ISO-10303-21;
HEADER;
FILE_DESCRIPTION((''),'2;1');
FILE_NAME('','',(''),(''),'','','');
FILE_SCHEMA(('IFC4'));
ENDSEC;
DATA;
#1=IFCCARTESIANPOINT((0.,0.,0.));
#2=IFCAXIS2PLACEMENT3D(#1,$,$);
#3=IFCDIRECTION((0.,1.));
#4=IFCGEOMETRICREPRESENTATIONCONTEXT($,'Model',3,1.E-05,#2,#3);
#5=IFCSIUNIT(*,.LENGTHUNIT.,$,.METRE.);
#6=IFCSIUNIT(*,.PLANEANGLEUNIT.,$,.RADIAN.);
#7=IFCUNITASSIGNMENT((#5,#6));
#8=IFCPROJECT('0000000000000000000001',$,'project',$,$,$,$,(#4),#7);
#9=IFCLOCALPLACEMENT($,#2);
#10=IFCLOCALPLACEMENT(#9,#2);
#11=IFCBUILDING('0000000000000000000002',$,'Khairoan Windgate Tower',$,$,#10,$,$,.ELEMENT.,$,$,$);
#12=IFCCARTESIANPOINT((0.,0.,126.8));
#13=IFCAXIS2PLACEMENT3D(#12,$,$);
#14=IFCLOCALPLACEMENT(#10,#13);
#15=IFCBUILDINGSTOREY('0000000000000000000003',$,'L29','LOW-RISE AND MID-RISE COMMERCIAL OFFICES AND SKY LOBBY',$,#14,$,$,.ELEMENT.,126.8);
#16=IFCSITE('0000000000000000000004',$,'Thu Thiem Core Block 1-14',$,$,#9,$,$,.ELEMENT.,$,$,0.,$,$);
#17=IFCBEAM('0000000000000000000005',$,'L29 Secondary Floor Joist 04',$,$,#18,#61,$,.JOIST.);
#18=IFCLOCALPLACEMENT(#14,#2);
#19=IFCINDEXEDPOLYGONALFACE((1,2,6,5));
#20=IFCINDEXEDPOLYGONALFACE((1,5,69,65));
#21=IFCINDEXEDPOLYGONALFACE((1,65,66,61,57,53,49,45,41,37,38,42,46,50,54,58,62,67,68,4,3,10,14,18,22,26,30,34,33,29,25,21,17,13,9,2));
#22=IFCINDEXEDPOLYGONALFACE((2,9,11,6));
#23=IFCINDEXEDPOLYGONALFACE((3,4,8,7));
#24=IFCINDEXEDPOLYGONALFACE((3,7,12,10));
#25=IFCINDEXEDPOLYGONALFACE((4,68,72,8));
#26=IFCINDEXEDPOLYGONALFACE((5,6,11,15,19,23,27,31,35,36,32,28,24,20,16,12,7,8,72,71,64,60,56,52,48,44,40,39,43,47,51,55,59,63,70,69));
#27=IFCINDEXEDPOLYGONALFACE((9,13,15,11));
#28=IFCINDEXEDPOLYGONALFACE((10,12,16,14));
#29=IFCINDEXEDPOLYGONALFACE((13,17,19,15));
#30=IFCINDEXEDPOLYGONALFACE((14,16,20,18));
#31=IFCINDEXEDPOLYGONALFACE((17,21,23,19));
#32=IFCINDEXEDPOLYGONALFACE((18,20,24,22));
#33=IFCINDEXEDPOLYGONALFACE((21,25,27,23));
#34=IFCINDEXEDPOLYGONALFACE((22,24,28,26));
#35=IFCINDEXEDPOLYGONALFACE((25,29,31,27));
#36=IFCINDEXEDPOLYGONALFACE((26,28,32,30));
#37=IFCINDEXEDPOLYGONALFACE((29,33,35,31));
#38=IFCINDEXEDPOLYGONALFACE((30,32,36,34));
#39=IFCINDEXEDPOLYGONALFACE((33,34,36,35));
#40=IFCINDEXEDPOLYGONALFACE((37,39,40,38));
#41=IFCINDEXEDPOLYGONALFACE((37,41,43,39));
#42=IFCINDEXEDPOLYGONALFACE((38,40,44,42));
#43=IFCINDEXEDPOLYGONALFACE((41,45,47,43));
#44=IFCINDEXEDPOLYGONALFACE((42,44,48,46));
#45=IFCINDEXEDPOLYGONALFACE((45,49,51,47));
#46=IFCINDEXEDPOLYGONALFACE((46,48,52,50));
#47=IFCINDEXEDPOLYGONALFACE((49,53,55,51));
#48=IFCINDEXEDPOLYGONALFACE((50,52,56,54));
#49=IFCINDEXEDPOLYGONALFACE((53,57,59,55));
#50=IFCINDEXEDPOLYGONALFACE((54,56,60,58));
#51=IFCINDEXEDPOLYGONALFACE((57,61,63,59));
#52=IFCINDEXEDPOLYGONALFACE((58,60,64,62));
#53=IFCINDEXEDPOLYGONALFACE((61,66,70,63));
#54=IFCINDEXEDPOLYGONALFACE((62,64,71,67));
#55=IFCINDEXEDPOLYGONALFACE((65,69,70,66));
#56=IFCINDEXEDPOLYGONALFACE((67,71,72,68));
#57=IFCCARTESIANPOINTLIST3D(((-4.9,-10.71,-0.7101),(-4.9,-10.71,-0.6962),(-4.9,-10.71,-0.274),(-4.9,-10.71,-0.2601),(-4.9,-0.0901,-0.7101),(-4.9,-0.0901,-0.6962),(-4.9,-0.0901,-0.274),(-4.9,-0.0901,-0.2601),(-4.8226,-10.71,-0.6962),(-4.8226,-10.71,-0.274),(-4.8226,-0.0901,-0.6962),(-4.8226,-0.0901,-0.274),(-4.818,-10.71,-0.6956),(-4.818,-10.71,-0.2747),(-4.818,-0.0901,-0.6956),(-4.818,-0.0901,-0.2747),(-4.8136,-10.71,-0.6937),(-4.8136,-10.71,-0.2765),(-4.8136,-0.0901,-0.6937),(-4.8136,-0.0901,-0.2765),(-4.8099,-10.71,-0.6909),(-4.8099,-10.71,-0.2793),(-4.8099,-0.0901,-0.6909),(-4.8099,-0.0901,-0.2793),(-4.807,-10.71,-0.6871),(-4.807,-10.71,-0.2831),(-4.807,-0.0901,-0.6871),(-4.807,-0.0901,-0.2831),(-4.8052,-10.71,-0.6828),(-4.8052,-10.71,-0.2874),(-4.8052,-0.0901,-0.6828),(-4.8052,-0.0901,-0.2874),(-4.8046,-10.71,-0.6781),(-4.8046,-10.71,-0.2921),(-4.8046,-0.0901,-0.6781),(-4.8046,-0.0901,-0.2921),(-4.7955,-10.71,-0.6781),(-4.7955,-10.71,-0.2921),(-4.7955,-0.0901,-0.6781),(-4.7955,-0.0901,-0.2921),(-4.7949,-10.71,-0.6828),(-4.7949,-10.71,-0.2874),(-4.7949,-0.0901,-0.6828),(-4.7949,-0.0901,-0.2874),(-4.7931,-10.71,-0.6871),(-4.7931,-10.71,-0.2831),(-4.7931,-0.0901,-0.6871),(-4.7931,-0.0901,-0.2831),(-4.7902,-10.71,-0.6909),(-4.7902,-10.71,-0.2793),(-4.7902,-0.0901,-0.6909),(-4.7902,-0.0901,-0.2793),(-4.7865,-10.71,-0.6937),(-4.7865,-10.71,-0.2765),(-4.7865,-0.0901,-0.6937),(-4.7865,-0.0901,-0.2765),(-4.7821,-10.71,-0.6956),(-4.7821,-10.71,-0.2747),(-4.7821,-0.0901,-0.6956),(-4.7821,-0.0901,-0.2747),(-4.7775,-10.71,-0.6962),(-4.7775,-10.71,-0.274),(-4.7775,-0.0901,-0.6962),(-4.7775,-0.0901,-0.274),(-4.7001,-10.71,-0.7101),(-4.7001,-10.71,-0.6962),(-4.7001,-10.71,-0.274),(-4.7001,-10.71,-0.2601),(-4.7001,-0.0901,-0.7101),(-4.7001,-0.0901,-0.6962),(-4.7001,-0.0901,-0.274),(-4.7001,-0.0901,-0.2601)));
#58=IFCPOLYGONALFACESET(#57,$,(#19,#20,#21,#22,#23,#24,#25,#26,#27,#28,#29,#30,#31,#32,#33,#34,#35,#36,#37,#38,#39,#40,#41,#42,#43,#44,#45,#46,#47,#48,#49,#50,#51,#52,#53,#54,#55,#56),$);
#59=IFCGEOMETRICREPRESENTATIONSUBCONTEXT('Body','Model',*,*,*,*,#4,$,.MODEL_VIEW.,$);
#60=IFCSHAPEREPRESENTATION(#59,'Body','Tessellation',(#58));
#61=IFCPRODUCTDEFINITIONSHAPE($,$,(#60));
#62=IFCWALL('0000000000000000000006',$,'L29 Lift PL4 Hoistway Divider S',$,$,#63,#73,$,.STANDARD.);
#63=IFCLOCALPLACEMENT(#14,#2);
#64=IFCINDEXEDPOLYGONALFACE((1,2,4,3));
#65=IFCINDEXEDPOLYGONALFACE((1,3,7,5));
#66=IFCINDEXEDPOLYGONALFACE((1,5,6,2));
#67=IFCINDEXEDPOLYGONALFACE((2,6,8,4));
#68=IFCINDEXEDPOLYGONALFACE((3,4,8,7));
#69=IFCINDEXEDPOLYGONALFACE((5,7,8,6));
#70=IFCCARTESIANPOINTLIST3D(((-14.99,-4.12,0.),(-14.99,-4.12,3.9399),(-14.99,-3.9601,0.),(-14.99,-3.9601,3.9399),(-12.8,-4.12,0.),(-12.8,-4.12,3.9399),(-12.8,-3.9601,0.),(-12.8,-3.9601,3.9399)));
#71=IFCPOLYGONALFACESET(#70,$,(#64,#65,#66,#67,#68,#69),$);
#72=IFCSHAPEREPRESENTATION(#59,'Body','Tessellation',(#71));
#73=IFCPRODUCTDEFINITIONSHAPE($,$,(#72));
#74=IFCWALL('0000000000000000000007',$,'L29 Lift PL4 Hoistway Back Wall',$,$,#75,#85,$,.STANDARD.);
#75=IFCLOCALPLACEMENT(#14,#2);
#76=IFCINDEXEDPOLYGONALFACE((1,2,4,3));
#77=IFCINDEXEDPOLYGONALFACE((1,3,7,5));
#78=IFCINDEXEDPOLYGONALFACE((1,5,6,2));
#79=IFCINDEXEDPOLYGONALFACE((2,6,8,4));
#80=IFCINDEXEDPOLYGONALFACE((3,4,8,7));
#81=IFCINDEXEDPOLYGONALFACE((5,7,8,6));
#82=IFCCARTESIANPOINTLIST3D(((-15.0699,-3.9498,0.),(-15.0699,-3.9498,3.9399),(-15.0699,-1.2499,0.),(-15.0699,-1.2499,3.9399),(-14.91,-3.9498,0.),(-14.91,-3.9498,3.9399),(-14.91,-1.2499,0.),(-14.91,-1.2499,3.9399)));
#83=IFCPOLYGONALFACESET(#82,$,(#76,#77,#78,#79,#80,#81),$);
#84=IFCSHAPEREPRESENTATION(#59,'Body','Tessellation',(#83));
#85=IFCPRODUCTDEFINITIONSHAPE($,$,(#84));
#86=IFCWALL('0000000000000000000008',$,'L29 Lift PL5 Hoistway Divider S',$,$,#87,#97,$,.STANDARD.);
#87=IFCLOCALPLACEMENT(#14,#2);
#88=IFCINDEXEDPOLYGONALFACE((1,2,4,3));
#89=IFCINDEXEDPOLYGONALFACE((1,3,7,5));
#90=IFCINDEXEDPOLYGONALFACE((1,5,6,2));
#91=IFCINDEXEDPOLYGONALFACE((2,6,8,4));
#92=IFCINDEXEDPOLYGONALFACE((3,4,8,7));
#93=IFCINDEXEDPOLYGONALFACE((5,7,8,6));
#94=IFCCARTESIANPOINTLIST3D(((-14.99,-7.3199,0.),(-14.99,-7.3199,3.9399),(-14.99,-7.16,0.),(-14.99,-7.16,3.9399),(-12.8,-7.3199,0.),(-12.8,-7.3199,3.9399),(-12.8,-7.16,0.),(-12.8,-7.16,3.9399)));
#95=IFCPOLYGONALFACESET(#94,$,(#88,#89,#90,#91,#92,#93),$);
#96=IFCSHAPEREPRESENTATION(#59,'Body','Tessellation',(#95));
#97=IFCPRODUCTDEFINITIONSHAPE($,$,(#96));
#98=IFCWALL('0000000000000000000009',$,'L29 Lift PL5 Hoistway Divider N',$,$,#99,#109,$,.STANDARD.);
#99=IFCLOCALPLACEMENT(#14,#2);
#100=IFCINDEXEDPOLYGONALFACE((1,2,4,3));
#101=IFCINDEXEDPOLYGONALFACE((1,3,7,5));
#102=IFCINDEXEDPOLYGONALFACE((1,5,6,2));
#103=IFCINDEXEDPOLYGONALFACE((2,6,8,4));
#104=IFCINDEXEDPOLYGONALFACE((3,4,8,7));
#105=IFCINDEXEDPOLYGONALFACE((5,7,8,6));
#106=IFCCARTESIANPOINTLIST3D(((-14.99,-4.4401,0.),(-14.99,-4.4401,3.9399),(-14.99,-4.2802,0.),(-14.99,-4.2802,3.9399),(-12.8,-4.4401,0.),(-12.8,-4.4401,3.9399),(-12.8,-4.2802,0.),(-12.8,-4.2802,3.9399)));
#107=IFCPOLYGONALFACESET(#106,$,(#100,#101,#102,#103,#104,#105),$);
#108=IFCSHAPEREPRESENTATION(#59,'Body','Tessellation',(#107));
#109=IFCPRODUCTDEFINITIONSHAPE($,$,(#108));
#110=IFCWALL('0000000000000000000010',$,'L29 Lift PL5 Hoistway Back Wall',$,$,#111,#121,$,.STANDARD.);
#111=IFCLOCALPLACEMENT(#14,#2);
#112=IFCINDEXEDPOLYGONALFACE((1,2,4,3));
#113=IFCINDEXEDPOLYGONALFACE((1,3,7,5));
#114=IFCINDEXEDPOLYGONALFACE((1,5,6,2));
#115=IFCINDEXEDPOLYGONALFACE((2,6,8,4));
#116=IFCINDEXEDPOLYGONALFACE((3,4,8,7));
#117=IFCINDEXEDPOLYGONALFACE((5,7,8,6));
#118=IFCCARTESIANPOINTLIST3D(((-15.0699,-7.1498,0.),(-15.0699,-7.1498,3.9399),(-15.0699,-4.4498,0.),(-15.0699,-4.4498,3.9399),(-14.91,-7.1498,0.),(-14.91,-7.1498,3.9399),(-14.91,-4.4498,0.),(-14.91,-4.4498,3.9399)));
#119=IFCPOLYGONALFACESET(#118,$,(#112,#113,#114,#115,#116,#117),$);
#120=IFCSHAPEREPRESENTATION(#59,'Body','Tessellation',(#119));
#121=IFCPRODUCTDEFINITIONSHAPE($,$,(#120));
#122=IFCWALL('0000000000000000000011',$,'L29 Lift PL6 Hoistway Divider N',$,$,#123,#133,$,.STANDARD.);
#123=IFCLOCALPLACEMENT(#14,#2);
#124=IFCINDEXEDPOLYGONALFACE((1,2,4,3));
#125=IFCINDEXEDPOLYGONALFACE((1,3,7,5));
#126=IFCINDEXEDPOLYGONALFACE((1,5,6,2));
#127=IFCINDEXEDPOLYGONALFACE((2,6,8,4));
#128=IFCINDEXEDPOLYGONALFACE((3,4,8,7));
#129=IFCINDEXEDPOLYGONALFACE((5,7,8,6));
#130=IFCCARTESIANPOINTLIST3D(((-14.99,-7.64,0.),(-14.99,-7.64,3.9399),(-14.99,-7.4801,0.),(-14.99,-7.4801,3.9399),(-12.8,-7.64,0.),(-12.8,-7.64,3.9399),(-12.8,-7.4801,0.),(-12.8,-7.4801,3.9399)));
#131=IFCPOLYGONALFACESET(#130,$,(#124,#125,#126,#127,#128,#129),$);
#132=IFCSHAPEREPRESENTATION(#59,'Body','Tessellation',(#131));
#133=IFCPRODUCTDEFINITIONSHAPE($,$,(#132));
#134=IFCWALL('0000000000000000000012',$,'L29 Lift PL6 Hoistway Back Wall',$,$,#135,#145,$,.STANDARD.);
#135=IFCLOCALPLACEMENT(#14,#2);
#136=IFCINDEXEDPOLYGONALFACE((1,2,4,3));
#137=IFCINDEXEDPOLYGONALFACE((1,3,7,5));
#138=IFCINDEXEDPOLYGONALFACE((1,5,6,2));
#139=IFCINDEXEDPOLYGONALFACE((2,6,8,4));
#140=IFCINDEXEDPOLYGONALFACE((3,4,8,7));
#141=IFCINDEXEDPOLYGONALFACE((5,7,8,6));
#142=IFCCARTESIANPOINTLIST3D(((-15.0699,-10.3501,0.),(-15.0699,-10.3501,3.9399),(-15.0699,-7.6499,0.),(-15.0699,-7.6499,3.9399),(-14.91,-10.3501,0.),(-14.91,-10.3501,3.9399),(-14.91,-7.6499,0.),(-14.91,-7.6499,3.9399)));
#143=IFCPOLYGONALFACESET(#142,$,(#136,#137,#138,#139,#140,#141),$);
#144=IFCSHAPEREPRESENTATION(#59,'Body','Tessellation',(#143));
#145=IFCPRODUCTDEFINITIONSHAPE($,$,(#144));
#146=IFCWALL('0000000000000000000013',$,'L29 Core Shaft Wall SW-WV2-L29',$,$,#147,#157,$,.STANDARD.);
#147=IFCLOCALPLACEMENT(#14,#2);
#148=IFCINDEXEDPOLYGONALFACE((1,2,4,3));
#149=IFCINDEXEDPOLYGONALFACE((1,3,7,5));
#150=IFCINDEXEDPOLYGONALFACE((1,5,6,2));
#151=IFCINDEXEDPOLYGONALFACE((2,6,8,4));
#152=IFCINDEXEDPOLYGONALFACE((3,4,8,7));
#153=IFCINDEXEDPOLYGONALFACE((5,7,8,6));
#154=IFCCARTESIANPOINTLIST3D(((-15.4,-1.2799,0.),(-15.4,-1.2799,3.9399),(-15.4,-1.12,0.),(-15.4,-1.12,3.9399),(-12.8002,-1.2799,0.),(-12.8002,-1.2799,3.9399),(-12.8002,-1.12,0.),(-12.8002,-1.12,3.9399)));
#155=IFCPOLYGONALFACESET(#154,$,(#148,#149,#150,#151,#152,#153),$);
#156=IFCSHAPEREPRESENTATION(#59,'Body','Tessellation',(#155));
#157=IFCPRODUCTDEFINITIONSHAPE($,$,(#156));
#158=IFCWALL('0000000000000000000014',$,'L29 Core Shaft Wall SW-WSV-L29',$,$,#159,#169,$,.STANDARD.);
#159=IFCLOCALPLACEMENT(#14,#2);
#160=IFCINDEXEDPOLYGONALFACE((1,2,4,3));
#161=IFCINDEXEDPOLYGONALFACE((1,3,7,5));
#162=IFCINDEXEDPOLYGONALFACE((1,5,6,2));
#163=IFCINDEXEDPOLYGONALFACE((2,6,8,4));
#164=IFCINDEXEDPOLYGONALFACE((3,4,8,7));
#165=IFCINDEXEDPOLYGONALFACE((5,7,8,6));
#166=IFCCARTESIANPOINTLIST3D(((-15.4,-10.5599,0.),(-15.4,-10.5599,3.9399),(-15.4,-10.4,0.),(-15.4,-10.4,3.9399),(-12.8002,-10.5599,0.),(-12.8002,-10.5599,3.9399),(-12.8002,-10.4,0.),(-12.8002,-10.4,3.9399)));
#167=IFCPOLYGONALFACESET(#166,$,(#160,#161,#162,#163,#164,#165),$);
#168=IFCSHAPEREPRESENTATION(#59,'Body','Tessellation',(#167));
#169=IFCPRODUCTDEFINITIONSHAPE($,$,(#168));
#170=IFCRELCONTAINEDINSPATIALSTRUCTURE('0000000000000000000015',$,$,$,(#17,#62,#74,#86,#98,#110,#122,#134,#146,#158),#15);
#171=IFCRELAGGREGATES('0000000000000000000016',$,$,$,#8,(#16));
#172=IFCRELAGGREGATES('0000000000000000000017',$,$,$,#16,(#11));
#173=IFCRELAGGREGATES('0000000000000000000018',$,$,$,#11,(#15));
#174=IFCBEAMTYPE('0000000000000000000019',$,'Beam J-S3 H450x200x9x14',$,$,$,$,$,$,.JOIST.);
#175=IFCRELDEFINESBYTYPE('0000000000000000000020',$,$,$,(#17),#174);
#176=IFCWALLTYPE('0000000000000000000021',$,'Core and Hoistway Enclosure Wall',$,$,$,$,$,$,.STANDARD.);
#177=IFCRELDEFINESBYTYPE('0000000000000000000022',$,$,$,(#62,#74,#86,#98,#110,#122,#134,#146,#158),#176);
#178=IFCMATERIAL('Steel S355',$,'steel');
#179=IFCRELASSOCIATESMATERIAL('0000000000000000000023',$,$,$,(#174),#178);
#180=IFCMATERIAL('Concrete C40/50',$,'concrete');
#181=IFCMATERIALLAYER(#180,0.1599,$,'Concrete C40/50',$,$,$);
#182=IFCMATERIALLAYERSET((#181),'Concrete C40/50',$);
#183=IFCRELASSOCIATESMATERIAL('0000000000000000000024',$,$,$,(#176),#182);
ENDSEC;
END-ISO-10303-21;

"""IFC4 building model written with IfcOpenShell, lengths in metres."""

from ifc_helpers import new_model, si_unit, direction, frame, frame_2d, origin, origin_2d, place, context, subcontext, project, spatial, rectangle, i_section, extrude, material, layer, layer_set, material_profile, profile_set, type_object, element, save


model = new_model("IFC4")

# Units and contexts
model_context = context("Model", 3, precision=1e-05, world=origin(), true_north=direction((0.0, 1.0)))
body_context = subcontext(model_context, "Body", "Model", "MODEL_VIEW")
ifc_project = project(units=[si_unit("LENGTHUNIT", "METRE"), si_unit("PLANEANGLEUNIT", "RADIAN")], contexts=[model_context])

# Site, building, storey
site_placement = place(None, origin())
site = spatial("IfcSite", under=ifc_project, at=site_placement, Name="Thu Thiem Core Block 1-14", CompositionType="ELEMENT", RefElevation=0.0)
building_placement = place(site_placement, origin())
building = spatial("IfcBuilding", under=site, at=building_placement, Name="Khairoan Windgate Tower", CompositionType="ELEMENT")
storey_placement = place(building_placement, frame((0.0, 0.0, 126.8)))
storey = spatial("IfcBuildingStorey", under=building, at=storey_placement, Name="L29", Description="LOW-RISE AND MID-RISE COMMERCIAL OFFICES AND SKY LOBBY", CompositionType="ELEMENT", Elevation=126.8)

# Beam
ifc_material_1 = material(Name="Steel S355", Category="steel")
ifc_material_profile_1 = material_profile(ifc_material_1, i_section(OverallWidth=0.2, OverallDepth=0.45, WebThickness=0.009, FlangeThickness=0.0139, FilletRadius=0.0181, at=origin_2d()))
ifc_profile_set_1 = profile_set([ifc_material_profile_1], Name="Steel S355")
beam_type_1 = type_object("IfcBeamType", Name="Beam J-S3 H450x200x9x14", PredefinedType="JOIST", material=ifc_profile_set_1)
beam_1_placement = place(storey_placement, frame((-4.8, -10.71, -0.4851), z_axis=(0.0, 1.0, 0.0), x_axis=(-1.0, 0.0, 0.0)))
element("IfcBeam", 1, at=beam_1_placement, inside=storey, type_object=beam_type_1, Name="L29 Secondary Floor Joist 04", PredefinedType="JOIST", context=body_context, shape_type="SweptSolid", body=[
    extrude(i_section(OverallWidth=0.2, OverallDepth=0.45, WebThickness=0.009, FlangeThickness=0.0139, FilletRadius=0.0181, at=origin_2d()), origin(), (0.0, 0.0, 1.0), 10.6199),
])

# Walls
ifc_material_2 = material(Name="Concrete C40/50", Category="concrete")
ifc_layer_1 = layer(ifc_material_2, 0.1599, Name="Concrete C40/50")
ifc_layer_set_1 = layer_set([ifc_layer_1], Name="Concrete C40/50")
wall_type_1 = type_object("IfcWallType", Name="Core and Hoistway Enclosure Wall", PredefinedType="STANDARD", material=ifc_layer_set_1)
wall_1_placement = place(storey_placement, frame((-14.99, -4.04, 0.0), z_axis=(0.0, 0.0, 1.0), x_axis=(1.0, 0.0, 0.0)))
element("IfcWall", 2, at=wall_1_placement, inside=storey, type_object=wall_type_1, Name="L29 Lift PL4 Hoistway Divider S", PredefinedType="STANDARD", context=body_context, shape_type="SweptSolid", body=[
    extrude(rectangle(XDim=2.1899, YDim=0.1599, at=frame_2d((1.095, 0.0))), origin(), (0.0, 0.0, 1.0), 3.9399),
])
wall_2_placement = place(storey_placement, frame((-14.99, -3.95, 0.0), z_axis=(0.0, 0.0, 1.0), x_axis=(0.0, 1.0, 0.0)))
element("IfcWall", 3, at=wall_2_placement, inside=storey, type_object=wall_type_1, Name="L29 Lift PL4 Hoistway Back Wall", PredefinedType="STANDARD", context=body_context, shape_type="SweptSolid", body=[
    extrude(rectangle(XDim=2.7, YDim=0.1599, at=frame_2d((1.3501, 0.0))), origin(), (0.0, 0.0, 1.0), 3.9399),
])
for number, where, z_axis, x_axis, name in (
    (4, (-14.99, -7.24, 0.0), (0.0, 0.0, 1.0), (1.0, 0.0, 0.0), "L29 Lift PL5 Hoistway Divider S"),
    (5, (-14.99, -4.3601, 0.0), (0.0, 0.0, 1.0), (1.0, 0.0, 0.0), "L29 Lift PL5 Hoistway Divider N"),
):
    element("IfcWall", number, at=place(storey_placement, frame(where, z_axis=z_axis, x_axis=x_axis)), inside=storey, type_object=wall_type_1, Name=name, PredefinedType="STANDARD", context=body_context, shape_type="SweptSolid", body=[
        extrude(rectangle(XDim=2.1899, YDim=0.1599, at=frame_2d((1.095, 0.0))), origin(), (0.0, 0.0, 1.0), 3.9399),
    ])
wall_3_placement = place(storey_placement, frame((-14.99, -7.1499, 0.0), z_axis=(0.0, 0.0, 1.0), x_axis=(0.0, 1.0, 0.0)))
element("IfcWall", 6, at=wall_3_placement, inside=storey, type_object=wall_type_1, Name="L29 Lift PL5 Hoistway Back Wall", PredefinedType="STANDARD", context=body_context, shape_type="SweptSolid", body=[
    extrude(rectangle(XDim=2.7, YDim=0.1599, at=frame_2d((1.3501, 0.0))), origin(), (0.0, 0.0, 1.0), 3.9399),
])
wall_4_placement = place(storey_placement, frame((-14.99, -7.5601, 0.0), z_axis=(0.0, 0.0, 1.0), x_axis=(1.0, 0.0, 0.0)))
element("IfcWall", 7, at=wall_4_placement, inside=storey, type_object=wall_type_1, Name="L29 Lift PL6 Hoistway Divider N", PredefinedType="STANDARD", context=body_context, shape_type="SweptSolid", body=[
    extrude(rectangle(XDim=2.1899, YDim=0.1599, at=frame_2d((1.095, 0.0))), origin(), (0.0, 0.0, 1.0), 3.9399),
])
wall_5_placement = place(storey_placement, frame((-14.99, -10.3501, 0.0), z_axis=(0.0, 0.0, 1.0), x_axis=(0.0, 1.0, 0.0)))
element("IfcWall", 8, at=wall_5_placement, inside=storey, type_object=wall_type_1, Name="L29 Lift PL6 Hoistway Back Wall", PredefinedType="STANDARD", context=body_context, shape_type="SweptSolid", body=[
    extrude(rectangle(XDim=2.7002, YDim=0.1599, at=frame_2d((1.3501, 0.0))), origin(), (0.0, 0.0, 1.0), 3.9399),
])
for number, where, z_axis, x_axis, name in (
    (9, (-15.3999, -1.2, 0.0), (0.0, 0.0, 1.0), (1.0, 0.0, 0.0), "L29 Core Shaft Wall SW-WV2-L29"),
    (10, (-15.3999, -10.48, 0.0), (0.0, 0.0, 1.0), (1.0, 0.0, 0.0), "L29 Core Shaft Wall SW-WSV-L29"),
):
    element("IfcWall", number, at=place(storey_placement, frame(where, z_axis=z_axis, x_axis=x_axis)), inside=storey, type_object=wall_type_1, Name=name, PredefinedType="STANDARD", context=body_context, shape_type="SweptSolid", body=[
        extrude(rectangle(XDim=2.5999, YDim=0.1599, at=frame_2d((1.2998, 0.0))), origin(), (0.0, 0.0, 1.0), 3.9399),
    ])

save(model, "model.ifc")
